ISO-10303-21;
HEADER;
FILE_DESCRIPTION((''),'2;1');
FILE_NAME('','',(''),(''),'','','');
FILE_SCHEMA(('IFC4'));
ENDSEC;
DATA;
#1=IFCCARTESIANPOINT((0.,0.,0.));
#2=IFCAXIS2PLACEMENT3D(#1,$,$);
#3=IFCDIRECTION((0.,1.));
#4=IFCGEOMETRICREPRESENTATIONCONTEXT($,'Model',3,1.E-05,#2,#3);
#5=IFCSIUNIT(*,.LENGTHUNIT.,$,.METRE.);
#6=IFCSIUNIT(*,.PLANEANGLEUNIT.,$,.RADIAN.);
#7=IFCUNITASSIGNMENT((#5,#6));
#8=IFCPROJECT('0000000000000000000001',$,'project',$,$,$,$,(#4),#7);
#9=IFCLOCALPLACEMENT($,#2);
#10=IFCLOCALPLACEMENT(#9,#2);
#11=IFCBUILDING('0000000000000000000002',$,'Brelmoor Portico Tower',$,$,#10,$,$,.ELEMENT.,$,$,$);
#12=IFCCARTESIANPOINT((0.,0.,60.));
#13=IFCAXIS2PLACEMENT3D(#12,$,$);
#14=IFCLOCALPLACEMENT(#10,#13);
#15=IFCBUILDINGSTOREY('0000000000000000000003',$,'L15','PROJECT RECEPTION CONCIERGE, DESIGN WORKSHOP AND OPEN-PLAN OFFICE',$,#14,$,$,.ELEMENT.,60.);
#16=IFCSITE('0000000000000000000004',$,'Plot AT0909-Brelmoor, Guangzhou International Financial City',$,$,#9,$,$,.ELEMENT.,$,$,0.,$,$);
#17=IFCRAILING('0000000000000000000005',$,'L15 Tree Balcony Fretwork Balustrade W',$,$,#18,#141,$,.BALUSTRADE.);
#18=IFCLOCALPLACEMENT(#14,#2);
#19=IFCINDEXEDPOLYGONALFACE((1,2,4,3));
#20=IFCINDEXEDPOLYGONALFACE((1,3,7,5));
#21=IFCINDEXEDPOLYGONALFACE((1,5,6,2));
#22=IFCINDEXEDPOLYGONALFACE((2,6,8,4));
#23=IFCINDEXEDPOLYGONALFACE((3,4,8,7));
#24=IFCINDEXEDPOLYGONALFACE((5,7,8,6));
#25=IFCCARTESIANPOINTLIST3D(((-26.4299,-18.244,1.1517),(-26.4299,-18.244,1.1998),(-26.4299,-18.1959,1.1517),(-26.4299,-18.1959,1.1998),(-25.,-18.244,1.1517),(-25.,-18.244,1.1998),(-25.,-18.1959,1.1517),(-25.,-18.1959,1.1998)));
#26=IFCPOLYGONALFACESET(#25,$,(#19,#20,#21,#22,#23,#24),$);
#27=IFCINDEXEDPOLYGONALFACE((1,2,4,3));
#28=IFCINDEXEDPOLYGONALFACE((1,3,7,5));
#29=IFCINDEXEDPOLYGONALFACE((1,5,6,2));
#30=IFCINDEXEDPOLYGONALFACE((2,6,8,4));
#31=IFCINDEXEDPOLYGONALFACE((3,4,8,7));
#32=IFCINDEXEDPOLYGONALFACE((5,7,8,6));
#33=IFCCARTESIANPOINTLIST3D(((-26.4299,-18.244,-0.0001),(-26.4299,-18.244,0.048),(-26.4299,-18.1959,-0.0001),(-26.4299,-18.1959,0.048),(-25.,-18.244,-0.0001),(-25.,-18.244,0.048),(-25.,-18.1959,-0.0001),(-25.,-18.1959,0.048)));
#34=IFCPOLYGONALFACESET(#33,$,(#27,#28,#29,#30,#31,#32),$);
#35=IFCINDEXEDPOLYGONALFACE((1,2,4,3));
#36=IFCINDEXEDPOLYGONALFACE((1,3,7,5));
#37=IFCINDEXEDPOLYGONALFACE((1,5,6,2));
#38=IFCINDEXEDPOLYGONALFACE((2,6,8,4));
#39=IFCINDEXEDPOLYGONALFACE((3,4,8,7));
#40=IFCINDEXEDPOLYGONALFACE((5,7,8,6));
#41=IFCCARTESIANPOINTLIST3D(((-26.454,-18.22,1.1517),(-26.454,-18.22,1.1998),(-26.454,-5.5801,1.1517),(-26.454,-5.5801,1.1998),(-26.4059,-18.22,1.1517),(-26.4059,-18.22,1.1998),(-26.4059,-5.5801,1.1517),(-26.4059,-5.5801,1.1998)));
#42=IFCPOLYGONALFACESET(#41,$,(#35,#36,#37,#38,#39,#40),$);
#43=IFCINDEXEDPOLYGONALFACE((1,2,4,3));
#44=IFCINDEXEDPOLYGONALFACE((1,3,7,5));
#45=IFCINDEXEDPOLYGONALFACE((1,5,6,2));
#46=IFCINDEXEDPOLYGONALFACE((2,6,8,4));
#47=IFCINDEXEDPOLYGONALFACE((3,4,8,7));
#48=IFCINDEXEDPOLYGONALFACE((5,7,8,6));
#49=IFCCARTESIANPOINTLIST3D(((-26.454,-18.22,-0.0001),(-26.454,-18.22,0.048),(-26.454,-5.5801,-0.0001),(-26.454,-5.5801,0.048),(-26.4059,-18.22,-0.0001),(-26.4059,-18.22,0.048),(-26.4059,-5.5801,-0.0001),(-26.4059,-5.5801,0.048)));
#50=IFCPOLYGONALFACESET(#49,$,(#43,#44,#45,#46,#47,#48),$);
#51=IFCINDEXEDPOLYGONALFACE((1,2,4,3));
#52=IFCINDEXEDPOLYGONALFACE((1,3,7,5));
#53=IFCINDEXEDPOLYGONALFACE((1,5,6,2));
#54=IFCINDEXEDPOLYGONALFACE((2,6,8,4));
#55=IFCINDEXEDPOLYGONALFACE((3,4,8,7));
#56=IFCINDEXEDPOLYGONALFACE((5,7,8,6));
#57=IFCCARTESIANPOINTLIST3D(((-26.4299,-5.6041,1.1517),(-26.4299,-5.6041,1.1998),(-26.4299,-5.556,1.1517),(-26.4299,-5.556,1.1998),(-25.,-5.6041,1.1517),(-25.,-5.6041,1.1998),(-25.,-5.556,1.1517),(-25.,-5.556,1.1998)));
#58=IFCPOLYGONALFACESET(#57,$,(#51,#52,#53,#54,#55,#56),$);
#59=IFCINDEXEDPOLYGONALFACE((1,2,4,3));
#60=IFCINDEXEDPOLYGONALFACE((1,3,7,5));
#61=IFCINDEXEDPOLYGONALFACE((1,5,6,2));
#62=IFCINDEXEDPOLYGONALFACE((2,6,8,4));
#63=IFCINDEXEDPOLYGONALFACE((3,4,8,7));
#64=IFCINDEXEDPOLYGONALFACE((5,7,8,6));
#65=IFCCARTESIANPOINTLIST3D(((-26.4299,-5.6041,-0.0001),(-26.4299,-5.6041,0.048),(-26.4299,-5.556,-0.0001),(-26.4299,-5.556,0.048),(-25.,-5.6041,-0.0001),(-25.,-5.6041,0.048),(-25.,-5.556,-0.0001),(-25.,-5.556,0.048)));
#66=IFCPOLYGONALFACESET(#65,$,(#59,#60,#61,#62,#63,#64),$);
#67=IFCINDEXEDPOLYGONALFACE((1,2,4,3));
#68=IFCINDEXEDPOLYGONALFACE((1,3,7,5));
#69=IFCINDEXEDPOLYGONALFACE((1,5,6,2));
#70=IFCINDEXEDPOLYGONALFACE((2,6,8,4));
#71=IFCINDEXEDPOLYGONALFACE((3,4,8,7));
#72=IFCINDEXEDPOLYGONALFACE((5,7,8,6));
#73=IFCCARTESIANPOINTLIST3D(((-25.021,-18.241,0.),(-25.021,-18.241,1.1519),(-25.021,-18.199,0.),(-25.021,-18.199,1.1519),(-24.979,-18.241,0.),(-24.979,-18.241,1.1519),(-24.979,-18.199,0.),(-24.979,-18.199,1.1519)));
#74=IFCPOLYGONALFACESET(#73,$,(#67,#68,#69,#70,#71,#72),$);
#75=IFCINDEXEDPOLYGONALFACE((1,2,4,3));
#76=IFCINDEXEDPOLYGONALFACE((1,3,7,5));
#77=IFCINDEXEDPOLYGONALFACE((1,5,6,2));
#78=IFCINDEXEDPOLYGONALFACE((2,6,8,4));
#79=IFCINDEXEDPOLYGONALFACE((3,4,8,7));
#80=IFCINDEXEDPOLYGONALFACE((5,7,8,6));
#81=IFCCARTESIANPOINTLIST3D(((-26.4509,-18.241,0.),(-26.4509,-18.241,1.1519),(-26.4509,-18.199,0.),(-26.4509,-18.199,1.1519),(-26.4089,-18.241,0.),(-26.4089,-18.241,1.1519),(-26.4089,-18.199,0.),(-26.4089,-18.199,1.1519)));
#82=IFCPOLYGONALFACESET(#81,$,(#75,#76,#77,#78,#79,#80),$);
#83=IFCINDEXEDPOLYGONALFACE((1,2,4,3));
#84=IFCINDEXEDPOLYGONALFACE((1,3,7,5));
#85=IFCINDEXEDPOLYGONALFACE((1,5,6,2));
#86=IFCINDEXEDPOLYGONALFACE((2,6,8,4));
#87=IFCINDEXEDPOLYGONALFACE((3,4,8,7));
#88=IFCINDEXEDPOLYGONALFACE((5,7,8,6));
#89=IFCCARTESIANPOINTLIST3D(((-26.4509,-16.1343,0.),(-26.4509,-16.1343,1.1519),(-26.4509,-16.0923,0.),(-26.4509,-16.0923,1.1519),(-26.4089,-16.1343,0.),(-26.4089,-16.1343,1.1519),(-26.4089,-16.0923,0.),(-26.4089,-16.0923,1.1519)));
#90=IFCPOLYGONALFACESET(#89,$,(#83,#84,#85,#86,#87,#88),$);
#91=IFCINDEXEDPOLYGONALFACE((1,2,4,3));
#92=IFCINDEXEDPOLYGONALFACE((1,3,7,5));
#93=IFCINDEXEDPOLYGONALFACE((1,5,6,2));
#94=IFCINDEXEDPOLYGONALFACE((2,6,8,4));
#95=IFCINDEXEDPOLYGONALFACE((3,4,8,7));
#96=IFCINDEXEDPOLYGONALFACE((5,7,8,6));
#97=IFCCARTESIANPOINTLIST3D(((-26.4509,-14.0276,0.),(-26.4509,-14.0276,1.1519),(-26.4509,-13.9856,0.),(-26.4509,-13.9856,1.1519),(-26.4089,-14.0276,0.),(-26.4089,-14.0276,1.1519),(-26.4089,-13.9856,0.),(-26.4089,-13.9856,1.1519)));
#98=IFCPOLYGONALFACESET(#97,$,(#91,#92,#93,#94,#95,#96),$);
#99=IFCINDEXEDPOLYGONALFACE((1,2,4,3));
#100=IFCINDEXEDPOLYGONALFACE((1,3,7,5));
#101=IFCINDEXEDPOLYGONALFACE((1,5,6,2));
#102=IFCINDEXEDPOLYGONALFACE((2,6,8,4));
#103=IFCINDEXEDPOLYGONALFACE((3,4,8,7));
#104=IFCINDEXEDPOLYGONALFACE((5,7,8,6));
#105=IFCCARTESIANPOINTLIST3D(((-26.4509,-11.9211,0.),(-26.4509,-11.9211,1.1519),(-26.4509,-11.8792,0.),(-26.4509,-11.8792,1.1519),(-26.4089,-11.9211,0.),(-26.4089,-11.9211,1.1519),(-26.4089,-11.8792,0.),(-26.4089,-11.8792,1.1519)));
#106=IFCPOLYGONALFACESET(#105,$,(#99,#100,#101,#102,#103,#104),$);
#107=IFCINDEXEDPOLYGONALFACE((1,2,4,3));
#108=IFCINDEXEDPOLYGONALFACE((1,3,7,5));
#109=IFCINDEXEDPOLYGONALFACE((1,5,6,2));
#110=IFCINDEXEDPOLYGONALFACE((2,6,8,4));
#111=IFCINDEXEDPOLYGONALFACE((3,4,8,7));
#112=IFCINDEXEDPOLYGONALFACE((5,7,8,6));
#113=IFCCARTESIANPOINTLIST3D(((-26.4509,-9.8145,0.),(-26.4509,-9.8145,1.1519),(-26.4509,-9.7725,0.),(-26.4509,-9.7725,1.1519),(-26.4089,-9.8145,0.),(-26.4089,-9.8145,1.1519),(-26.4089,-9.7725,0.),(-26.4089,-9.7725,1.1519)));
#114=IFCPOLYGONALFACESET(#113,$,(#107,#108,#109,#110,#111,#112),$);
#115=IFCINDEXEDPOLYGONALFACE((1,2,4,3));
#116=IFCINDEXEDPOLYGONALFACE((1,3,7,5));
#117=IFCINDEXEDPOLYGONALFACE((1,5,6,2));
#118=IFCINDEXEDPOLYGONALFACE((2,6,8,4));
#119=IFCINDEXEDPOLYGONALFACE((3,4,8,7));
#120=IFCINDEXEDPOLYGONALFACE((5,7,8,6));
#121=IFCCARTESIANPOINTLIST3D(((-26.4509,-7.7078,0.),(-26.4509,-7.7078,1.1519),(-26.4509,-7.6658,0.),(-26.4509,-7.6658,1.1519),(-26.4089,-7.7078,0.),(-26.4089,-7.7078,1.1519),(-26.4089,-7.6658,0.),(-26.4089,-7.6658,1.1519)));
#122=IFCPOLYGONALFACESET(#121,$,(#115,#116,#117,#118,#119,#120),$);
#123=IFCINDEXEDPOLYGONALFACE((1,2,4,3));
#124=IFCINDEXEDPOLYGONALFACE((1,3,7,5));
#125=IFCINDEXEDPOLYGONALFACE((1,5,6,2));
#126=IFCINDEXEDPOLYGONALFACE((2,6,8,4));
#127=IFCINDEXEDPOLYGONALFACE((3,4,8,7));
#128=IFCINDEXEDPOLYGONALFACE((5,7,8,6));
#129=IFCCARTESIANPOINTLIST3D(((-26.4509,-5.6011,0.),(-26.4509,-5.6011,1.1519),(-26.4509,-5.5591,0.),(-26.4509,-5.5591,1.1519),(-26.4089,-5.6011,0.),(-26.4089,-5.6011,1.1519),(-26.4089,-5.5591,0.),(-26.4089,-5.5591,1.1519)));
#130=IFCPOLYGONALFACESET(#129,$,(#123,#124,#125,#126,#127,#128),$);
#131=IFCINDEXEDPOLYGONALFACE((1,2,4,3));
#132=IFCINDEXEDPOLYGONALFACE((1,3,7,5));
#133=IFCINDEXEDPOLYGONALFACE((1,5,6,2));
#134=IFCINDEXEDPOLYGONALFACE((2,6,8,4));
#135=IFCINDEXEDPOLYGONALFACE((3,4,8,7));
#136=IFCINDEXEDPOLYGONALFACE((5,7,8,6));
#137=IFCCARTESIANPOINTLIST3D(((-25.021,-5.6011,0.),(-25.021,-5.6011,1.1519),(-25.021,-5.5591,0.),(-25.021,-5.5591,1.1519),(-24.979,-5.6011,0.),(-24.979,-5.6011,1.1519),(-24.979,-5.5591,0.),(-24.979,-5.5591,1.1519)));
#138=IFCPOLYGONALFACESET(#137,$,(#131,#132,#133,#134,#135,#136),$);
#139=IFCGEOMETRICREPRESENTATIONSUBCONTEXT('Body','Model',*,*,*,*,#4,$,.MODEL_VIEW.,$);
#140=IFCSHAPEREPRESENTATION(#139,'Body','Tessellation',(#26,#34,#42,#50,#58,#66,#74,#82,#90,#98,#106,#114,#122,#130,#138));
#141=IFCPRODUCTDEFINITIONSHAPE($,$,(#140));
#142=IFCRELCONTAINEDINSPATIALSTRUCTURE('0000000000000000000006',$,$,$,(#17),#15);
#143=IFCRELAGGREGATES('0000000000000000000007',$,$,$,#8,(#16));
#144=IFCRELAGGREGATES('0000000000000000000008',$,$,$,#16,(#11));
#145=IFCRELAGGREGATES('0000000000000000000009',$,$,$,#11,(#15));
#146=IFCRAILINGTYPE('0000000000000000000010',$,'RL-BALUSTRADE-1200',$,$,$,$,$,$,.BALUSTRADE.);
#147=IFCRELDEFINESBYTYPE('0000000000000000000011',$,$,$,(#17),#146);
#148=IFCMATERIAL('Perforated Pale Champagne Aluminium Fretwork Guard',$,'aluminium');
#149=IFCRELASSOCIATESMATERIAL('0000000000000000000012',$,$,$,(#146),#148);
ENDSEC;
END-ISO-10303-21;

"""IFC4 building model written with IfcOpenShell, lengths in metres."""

from ifc_helpers import new_model, si_unit, direction, frame, origin, origin_2d, place, context, subcontext, project, spatial, rectangle, extrude, material, type_object, element, save


model = new_model("IFC4")

# Units and contexts
model_context = context("Model", 3, precision=1e-05, world=origin(), true_north=direction((0.0, 1.0)))
body_context = subcontext(model_context, "Body", "Model", "MODEL_VIEW")
ifc_project = project(units=[si_unit("LENGTHUNIT", "METRE"), si_unit("PLANEANGLEUNIT", "RADIAN")], contexts=[model_context])

# Site, building, storey
site_placement = place(None, origin())
site = spatial("IfcSite", under=ifc_project, at=site_placement, Name="Plot AT0909-Brelmoor, Guangzhou International Financial City", CompositionType="ELEMENT", RefElevation=0.0)
building_placement = place(site_placement, origin())
building = spatial("IfcBuilding", under=site, at=building_placement, Name="Brelmoor Portico Tower", CompositionType="ELEMENT")
storey_placement = place(building_placement, frame((0.0, 0.0, 60.0)))
storey = spatial("IfcBuildingStorey", under=building, at=storey_placement, Name="L15", Description="PROJECT RECEPTION CONCIERGE, DESIGN WORKSHOP AND OPEN-PLAN OFFICE", CompositionType="ELEMENT", Elevation=60.0)

# Railing
ifc_material_1 = material(Name="Perforated Pale Champagne Aluminium Fretwork Guard", Category="aluminium")
railing_type = type_object("IfcRailingType", Name="RL-BALUSTRADE-1200", PredefinedType="BALUSTRADE", material=ifc_material_1)
railing_1_placement = place(storey_placement, frame((-25.0, -18.22, 0.0)))
element("IfcRailing", 1, at=railing_1_placement, inside=storey, type_object=railing_type, Name="L15 Tree Balcony Fretwork Balustrade W", PredefinedType="BALUSTRADE", context=body_context, shape_type="SweptSolid", body=[
    extrude(rectangle(XDim=0.0481, YDim=0.0481, at=origin_2d()), frame((0.0, 0.0, 1.1758), z_axis=(-1.0, 0.0, 0.0), x_axis=(0.0, -1.0, 0.0)), (0.0, 0.0, 1.0), 1.4299),
    extrude(rectangle(XDim=0.0481, YDim=0.0481, at=origin_2d()), frame((0.0, 0.0, 0.0239), z_axis=(-1.0, 0.0, 0.0), x_axis=(0.0, -1.0, 0.0)), (0.0, 0.0, 1.0), 1.4299),
    extrude(rectangle(XDim=0.0481, YDim=0.0481, at=origin_2d()), frame((-1.4299, 0.0, 1.1758), z_axis=(0.0, 1.0, 0.0), x_axis=(-1.0, 0.0, 0.0)), (0.0, 0.0, 1.0), 12.6399),
    extrude(rectangle(XDim=0.0481, YDim=0.0481, at=origin_2d()), frame((-1.4299, 0.0, 0.0239), z_axis=(0.0, 1.0, 0.0), x_axis=(-1.0, 0.0, 0.0)), (0.0, 0.0, 1.0), 12.6399),
    extrude(rectangle(XDim=0.0481, YDim=0.0481, at=origin_2d()), frame((-1.4299, 12.6399, 1.1758), z_axis=(1.0, 0.0, 0.0), x_axis=(0.0, 1.0, 0.0)), (0.0, 0.0, 1.0), 1.4299),
    extrude(rectangle(XDim=0.0481, YDim=0.0481, at=origin_2d()), frame((-1.4299, 12.6399, 0.0239), z_axis=(1.0, 0.0, 0.0), x_axis=(0.0, 1.0, 0.0)), (0.0, 0.0, 1.0), 1.4299),
    extrude(rectangle(XDim=0.042, YDim=0.042, at=origin_2d()), origin(), (0.0, 0.0, 1.0), 1.1519),
    extrude(rectangle(XDim=0.042, YDim=0.042, at=origin_2d()), frame((-1.4299, 0.0, 0.0)), (0.0, 0.0, 1.0), 1.1519),
    extrude(rectangle(XDim=0.042, YDim=0.042, at=origin_2d()), frame((-1.4299, 2.1067, 0.0)), (0.0, 0.0, 1.0), 1.1519),
    extrude(rectangle(XDim=0.042, YDim=0.042, at=origin_2d()), frame((-1.4299, 4.2134, 0.0)), (0.0, 0.0, 1.0), 1.1519),
    extrude(rectangle(XDim=0.042, YDim=0.042, at=origin_2d()), frame((-1.4299, 6.3198, 0.0)), (0.0, 0.0, 1.0), 1.1519),
    extrude(rectangle(XDim=0.042, YDim=0.042, at=origin_2d()), frame((-1.4299, 8.4265, 0.0)), (0.0, 0.0, 1.0), 1.1519),
    extrude(rectangle(XDim=0.042, YDim=0.042, at=origin_2d()), frame((-1.4299, 10.5332, 0.0)), (0.0, 0.0, 1.0), 1.1519),
    extrude(rectangle(XDim=0.042, YDim=0.042, at=origin_2d()), frame((-1.4299, 12.6399, 0.0)), (0.0, 0.0, 1.0), 1.1519),
    extrude(rectangle(XDim=0.042, YDim=0.042, at=origin_2d()), frame((0.0, 12.6399, 0.0)), (0.0, 0.0, 1.0), 1.1519),
])

save(model, "model.ifc")
